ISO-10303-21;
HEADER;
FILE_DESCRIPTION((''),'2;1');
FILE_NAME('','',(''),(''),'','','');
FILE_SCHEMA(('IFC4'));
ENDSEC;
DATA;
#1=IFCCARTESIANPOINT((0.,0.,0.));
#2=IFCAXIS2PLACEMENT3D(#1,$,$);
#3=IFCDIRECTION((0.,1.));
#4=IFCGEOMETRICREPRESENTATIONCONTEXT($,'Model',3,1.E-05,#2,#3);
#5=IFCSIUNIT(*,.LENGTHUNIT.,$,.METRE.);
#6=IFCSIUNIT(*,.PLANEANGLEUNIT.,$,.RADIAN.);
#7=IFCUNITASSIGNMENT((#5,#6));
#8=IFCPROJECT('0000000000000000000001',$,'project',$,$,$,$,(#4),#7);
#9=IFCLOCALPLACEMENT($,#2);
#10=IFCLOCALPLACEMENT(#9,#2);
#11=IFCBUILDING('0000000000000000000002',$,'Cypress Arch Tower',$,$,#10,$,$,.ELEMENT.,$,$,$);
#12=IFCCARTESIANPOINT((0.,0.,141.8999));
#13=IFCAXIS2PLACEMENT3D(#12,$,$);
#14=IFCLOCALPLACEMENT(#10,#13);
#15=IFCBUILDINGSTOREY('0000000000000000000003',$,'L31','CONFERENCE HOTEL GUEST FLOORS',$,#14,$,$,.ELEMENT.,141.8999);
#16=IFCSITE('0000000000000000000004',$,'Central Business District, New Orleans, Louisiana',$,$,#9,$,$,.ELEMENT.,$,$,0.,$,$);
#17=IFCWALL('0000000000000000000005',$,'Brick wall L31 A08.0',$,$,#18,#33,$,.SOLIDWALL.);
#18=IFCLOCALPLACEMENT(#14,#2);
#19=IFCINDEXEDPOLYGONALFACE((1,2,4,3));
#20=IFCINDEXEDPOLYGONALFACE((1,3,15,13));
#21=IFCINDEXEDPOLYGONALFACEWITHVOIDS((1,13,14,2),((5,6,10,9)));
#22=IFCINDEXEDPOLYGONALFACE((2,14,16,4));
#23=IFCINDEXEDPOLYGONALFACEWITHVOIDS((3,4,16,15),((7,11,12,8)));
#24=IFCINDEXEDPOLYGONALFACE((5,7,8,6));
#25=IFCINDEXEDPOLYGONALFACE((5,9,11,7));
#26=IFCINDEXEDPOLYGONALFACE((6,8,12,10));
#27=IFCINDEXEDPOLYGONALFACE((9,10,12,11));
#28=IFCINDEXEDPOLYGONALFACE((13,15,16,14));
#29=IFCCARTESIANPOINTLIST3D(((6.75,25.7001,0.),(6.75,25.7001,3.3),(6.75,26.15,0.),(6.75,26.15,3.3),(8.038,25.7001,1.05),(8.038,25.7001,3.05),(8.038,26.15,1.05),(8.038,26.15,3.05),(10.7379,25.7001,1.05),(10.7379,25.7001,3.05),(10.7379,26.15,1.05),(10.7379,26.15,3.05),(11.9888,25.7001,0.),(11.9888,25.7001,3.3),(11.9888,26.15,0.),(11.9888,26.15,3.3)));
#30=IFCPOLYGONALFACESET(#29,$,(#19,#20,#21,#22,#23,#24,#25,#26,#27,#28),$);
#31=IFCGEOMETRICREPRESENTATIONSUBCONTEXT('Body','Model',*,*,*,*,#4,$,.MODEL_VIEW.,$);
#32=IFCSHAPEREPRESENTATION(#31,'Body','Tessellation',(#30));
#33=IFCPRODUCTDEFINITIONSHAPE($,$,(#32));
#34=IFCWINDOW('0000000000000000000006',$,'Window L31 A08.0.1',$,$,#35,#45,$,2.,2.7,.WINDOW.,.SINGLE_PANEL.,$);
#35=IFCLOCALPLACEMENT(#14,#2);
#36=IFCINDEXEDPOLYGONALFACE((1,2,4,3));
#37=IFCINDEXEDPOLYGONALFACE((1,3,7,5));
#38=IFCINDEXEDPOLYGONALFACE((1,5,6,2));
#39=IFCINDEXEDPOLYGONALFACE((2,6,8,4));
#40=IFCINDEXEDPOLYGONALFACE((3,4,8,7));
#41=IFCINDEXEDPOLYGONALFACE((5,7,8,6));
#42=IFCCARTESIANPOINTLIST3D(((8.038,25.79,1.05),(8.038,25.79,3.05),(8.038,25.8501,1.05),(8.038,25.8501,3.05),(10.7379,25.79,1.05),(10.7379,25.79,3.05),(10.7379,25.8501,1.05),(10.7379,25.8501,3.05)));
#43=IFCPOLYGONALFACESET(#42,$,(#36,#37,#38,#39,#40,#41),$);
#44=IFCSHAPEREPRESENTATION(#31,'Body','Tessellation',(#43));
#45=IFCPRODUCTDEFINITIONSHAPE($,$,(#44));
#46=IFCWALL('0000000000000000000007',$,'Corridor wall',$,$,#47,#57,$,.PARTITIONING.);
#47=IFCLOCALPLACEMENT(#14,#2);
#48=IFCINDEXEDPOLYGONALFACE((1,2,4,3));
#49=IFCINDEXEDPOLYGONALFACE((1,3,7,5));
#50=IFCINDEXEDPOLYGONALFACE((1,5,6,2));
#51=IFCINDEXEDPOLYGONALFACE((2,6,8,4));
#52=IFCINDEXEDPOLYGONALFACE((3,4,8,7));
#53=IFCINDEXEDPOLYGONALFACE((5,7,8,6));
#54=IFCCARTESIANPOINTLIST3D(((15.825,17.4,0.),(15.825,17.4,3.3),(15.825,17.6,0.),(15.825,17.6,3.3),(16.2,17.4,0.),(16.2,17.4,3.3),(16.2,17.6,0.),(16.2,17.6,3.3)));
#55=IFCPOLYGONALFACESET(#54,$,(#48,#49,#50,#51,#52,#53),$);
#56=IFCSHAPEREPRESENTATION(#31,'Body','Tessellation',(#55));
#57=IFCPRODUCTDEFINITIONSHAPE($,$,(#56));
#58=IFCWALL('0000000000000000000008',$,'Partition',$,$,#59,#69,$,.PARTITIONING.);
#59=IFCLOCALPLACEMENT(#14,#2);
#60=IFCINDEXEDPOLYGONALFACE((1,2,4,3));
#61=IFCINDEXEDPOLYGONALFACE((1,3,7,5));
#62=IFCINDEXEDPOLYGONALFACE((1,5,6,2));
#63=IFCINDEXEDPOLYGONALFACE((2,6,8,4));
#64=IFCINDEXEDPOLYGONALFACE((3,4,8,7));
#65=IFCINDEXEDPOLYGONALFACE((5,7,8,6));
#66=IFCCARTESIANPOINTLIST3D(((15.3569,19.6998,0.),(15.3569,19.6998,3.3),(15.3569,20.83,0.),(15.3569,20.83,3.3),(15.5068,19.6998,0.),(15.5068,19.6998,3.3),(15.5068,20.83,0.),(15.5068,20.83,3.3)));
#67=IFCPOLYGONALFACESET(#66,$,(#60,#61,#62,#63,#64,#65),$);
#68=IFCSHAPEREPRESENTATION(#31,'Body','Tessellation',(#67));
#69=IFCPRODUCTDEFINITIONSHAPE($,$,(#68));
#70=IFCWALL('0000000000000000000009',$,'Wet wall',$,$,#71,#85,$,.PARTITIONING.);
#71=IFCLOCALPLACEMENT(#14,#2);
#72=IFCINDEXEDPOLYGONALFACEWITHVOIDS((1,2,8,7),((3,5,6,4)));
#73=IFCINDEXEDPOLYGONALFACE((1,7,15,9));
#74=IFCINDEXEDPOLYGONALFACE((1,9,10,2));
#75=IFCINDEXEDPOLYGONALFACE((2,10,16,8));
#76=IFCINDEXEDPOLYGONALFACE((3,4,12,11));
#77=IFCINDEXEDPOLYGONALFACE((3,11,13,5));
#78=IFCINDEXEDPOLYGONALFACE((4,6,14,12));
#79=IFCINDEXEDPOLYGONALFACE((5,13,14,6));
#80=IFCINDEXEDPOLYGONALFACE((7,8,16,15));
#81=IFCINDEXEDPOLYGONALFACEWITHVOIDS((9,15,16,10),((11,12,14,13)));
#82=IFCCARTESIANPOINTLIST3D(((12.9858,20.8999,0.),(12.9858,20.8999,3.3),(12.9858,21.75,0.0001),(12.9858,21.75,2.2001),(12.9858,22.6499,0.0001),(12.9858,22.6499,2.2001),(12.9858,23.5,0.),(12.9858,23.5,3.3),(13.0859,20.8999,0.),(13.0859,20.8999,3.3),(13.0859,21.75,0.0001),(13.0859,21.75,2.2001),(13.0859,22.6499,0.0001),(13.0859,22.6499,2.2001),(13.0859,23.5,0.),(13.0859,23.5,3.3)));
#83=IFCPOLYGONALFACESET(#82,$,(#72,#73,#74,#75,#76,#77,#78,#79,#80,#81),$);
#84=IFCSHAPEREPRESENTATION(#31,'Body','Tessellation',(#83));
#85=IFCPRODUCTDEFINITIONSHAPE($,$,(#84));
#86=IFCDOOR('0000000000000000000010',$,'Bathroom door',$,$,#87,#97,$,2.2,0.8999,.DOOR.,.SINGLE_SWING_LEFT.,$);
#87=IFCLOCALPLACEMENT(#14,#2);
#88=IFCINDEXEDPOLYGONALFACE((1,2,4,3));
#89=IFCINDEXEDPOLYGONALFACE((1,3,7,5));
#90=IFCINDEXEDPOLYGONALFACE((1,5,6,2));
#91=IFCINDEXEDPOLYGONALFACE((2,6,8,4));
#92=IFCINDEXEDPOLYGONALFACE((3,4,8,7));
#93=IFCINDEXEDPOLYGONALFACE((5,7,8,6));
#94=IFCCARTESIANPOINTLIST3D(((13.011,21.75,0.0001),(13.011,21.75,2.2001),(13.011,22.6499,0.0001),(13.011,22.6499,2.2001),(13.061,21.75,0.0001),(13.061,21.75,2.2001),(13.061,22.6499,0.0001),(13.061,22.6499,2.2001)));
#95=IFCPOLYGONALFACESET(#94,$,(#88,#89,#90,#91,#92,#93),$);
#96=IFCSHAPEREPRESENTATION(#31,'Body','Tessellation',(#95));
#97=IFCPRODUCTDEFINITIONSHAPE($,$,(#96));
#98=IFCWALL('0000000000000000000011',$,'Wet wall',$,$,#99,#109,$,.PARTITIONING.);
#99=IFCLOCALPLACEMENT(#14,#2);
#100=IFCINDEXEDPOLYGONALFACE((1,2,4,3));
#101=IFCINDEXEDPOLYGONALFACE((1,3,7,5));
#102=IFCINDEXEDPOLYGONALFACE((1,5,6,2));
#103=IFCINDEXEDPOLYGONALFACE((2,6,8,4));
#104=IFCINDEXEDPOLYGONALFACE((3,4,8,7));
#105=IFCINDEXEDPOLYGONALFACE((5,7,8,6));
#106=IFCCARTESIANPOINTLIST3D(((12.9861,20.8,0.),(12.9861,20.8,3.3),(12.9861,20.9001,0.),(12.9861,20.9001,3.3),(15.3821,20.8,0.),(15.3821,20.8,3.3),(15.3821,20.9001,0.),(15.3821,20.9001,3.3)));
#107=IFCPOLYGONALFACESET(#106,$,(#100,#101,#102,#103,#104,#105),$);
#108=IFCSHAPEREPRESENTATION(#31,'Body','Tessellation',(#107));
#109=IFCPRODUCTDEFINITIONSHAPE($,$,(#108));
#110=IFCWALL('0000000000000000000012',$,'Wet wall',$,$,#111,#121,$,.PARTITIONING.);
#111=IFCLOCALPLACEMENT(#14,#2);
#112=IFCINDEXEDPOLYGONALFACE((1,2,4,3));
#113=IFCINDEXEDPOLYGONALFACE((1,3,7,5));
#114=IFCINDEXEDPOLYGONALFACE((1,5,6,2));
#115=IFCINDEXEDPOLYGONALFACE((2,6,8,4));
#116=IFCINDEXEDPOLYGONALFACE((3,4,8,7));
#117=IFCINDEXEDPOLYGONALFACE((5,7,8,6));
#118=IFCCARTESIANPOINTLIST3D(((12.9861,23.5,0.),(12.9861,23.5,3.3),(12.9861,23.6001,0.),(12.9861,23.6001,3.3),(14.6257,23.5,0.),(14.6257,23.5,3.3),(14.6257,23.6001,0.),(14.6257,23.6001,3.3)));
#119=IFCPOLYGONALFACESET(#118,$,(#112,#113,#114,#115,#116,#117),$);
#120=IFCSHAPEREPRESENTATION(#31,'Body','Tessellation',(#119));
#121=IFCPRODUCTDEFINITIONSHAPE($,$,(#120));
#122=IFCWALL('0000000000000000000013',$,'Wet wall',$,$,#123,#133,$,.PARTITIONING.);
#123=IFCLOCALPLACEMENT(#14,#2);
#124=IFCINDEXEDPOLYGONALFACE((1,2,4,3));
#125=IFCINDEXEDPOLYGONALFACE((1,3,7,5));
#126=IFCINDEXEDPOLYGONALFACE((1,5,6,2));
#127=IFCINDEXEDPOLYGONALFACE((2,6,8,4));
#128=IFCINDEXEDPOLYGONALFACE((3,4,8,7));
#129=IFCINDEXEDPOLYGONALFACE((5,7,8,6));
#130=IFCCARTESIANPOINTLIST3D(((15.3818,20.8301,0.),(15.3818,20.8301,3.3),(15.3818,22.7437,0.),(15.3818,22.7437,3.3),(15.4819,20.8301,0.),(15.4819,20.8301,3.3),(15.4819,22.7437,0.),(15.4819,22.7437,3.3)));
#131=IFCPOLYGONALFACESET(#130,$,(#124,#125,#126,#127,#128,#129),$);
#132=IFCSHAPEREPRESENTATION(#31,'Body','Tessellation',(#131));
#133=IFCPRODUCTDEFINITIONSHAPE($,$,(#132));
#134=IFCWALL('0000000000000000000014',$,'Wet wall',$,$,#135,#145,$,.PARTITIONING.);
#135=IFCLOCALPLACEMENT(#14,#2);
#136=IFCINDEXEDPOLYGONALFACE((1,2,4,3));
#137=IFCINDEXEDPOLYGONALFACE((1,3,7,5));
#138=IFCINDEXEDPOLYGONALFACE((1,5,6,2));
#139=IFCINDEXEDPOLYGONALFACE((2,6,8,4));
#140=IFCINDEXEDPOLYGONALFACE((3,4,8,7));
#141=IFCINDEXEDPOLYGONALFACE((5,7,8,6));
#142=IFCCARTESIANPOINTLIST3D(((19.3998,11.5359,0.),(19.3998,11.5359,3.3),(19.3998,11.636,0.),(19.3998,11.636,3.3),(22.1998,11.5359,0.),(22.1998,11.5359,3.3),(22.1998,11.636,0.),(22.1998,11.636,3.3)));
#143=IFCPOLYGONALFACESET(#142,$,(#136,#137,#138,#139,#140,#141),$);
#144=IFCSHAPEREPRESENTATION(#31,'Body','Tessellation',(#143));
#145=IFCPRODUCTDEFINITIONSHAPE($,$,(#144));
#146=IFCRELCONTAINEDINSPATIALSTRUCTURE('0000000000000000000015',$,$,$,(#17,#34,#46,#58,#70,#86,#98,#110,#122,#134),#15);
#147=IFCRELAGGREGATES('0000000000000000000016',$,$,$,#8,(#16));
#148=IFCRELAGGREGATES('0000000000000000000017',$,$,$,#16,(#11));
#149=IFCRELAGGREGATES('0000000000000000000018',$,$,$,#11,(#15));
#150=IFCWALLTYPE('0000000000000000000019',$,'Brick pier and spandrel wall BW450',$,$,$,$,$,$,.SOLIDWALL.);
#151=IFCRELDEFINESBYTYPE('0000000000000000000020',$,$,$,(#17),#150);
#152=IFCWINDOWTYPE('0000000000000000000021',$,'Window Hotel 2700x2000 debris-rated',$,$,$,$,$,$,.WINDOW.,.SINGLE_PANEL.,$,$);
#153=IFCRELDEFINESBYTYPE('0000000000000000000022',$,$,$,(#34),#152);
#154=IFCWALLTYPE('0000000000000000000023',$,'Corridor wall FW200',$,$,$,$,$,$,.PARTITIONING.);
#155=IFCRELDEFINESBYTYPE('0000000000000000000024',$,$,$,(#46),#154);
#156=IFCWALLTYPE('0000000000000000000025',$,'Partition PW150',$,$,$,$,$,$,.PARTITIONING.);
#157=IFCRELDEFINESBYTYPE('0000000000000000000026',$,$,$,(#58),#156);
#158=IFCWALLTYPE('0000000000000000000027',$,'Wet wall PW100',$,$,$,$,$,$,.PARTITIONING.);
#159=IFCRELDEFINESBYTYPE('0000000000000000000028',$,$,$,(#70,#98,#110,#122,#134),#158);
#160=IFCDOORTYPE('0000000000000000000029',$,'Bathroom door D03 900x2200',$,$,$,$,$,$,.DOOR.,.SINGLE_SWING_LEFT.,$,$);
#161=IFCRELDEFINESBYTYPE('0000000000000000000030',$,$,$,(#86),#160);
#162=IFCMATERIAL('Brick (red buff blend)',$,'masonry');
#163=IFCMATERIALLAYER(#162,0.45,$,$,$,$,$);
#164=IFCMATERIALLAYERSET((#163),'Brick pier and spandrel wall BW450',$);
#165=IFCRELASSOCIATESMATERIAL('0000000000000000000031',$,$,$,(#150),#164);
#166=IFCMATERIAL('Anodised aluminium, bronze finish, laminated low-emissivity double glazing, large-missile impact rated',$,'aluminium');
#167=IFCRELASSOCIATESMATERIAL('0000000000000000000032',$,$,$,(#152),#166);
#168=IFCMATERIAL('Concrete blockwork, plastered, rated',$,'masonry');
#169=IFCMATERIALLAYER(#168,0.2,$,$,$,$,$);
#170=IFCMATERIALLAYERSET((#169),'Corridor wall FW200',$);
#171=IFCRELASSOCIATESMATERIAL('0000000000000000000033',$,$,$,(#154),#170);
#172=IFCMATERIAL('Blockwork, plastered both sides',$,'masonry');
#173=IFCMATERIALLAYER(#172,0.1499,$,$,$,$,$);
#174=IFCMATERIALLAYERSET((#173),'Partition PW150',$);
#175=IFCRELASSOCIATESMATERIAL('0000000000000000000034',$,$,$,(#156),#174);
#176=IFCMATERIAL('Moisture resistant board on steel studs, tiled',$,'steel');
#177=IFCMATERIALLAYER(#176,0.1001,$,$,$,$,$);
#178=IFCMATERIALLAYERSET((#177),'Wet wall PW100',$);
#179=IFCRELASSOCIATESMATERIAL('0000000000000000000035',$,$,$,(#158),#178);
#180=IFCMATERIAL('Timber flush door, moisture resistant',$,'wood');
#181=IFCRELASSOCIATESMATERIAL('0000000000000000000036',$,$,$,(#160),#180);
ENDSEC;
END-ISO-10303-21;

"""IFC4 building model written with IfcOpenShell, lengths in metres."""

from ifc_helpers import new_model, si_unit, direction, frame, frame_2d, origin, place, context, subcontext, project, spatial, rectangle, extrude, material, layer, layer_set, type_object, element, fill, save


model = new_model("IFC4")

# Units and contexts
model_context = context("Model", 3, precision=1e-05, world=origin(), true_north=direction((0.0, 1.0)))
body_context = subcontext(model_context, "Body", "Model", "MODEL_VIEW")
ifc_project = project(units=[si_unit("LENGTHUNIT", "METRE"), si_unit("PLANEANGLEUNIT", "RADIAN")], contexts=[model_context])

# Site, building, storey
site_placement = place(None, origin())
site = spatial("IfcSite", under=ifc_project, at=site_placement, Name="Central Business District, New Orleans, Louisiana", CompositionType="ELEMENT", RefElevation=0.0)
building_placement = place(site_placement, origin())
building = spatial("IfcBuilding", under=site, at=building_placement, Name="Cypress Arch Tower", CompositionType="ELEMENT")
storey_placement = place(building_placement, frame((0.0, 0.0, 141.8999)))
storey = spatial("IfcBuildingStorey", under=building, at=storey_placement, Name="L31", Description="CONFERENCE HOTEL GUEST FLOORS", CompositionType="ELEMENT", Elevation=141.8999)

# Shared definitions
ifc_material_1 = material(Name="Brick (red buff blend)", Category="masonry")
ifc_layer_1 = layer(ifc_material_1, 0.45)
ifc_layer_set_1 = layer_set([ifc_layer_1], Name="Brick pier and spandrel wall BW450")
wall_type_1 = type_object("IfcWallType", Name="Brick pier and spandrel wall BW450", PredefinedType="SOLIDWALL", material=ifc_layer_set_1)
ifc_material_2 = material(Name="Anodised aluminium, bronze finish, laminated low-emissivity double glazing, large-missile impact rated", Category="aluminium")
window_type_1 = type_object("IfcWindowType", Name="Window Hotel 2700x2000 debris-rated", PartitioningType="SINGLE_PANEL", PredefinedType="WINDOW", material=ifc_material_2)

# Wall, opening, window
wall_1_placement = place(storey_placement, frame((11.9888, 25.925, 0.0), z_axis=(0.0, 0.0, 1.0), x_axis=(-1.0, 0.0, 0.0)))
wall_1 = element("IfcWall", 1, at=wall_1_placement, inside=storey, type_object=wall_type_1, Name="Brick wall L31 A08.0", PredefinedType="SOLIDWALL", context=body_context, shape_type="SweptSolid", body=[
    extrude(rectangle(XDim=5.2388, YDim=0.45, at=frame_2d((2.6194, 0.0))), origin(), (0.0, 0.0, 1.0), 3.3),
])
opening_1_placement = place(wall_1_placement, frame((1.2507, 0.0, 1.05)))
opening_1 = element("IfcOpeningElement", 2, at=opening_1_placement, cuts=wall_1, PredefinedType="OPENING", context=body_context, shape_type="SweptSolid", body=[
    extrude(rectangle(XDim=2.7, YDim=2.0, at=frame_2d((1.3501, 1.0))), frame((0.0, 0.2349, 0.0), z_axis=(0.0, -1.0, 0.0), x_axis=(1.0, 0.0, 0.0)), (0.0, 0.0, 1.0), 0.47),
])
window_1_placement = place(opening_1_placement, origin())
window_1 = element("IfcWindow", 3, at=window_1_placement, inside=storey, type_object=window_type_1, Name="Window L31 A08.0.1", OverallHeight=2.0, OverallWidth=2.7, PartitioningType="SINGLE_PANEL", PredefinedType="WINDOW", context=body_context, shape_type="SweptSolid", body=[
    extrude(rectangle(XDim=2.7, YDim=2.0, at=frame_2d((1.3501, 1.0))), frame((0.0, 0.135, 0.0), z_axis=(0.0, -1.0, 0.0), x_axis=(1.0, 0.0, 0.0)), (0.0, 0.0, 1.0), 0.0601),
])
fill(opening_1, window_1)

# Walls
ifc_material_3 = material(Name="Concrete blockwork, plastered, rated", Category="masonry")
ifc_layer_2 = layer(ifc_material_3, 0.2)
ifc_layer_set_2 = layer_set([ifc_layer_2], Name="Corridor wall FW200")
wall_type_2 = type_object("IfcWallType", Name="Corridor wall FW200", PredefinedType="PARTITIONING", material=ifc_layer_set_2)
wall_2_placement = place(storey_placement, frame((15.825, 17.5, 0.0), z_axis=(0.0, 0.0, 1.0), x_axis=(1.0, 0.0, 0.0)))
element("IfcWall", 4, at=wall_2_placement, inside=storey, type_object=wall_type_2, Name="Corridor wall", PredefinedType="PARTITIONING", context=body_context, shape_type="SweptSolid", body=[
    extrude(rectangle(XDim=0.375, YDim=0.2, at=frame_2d((0.1875, 0.0))), origin(), (0.0, 0.0, 1.0), 3.3),
])
ifc_material_4 = material(Name="Blockwork, plastered both sides", Category="masonry")
ifc_layer_3 = layer(ifc_material_4, 0.1499)
ifc_layer_set_3 = layer_set([ifc_layer_3], Name="Partition PW150")
wall_type_3 = type_object("IfcWallType", Name="Partition PW150", PredefinedType="PARTITIONING", material=ifc_layer_set_3)
wall_3_placement = place(storey_placement, frame((15.4319, 19.7, 0.0), z_axis=(0.0, 0.0, 1.0), x_axis=(0.0, 1.0, 0.0)))
element("IfcWall", 5, at=wall_3_placement, inside=storey, type_object=wall_type_3, Name="Partition", PredefinedType="PARTITIONING", context=body_context, shape_type="SweptSolid", body=[
    extrude(rectangle(XDim=1.1301, YDim=0.1499, at=frame_2d((0.5649, 0.0))), origin(), (0.0, 0.0, 1.0), 3.3),
])

# Wall, opening, door
ifc_material_5 = material(Name="Moisture resistant board on steel studs, tiled", Category="steel")
ifc_layer_4 = layer(ifc_material_5, 0.1001)
ifc_layer_set_4 = layer_set([ifc_layer_4], Name="Wet wall PW100")
wall_type_4 = type_object("IfcWallType", Name="Wet wall PW100", PredefinedType="PARTITIONING", material=ifc_layer_set_4)
wall_4_placement = place(storey_placement, frame((13.0359, 20.8999, 0.0), z_axis=(0.0, 0.0, 1.0), x_axis=(0.0, 1.0, 0.0)))
wall_4 = element("IfcWall", 6, at=wall_4_placement, inside=storey, type_object=wall_type_4, Name="Wet wall", PredefinedType="PARTITIONING", context=body_context, shape_type="SweptSolid", body=[
    extrude(rectangle(XDim=2.6001, YDim=0.1001, at=frame_2d((1.3, 0.0))), origin(), (0.0, 0.0, 1.0), 3.3),
])
opening_2_placement = place(wall_4_placement, frame((0.8501, 0.0, 0.0)))
opening_2 = element("IfcOpeningElement", 7, at=opening_2_placement, cuts=wall_4, PredefinedType="OPENING", context=body_context, shape_type="SweptSolid", body=[
    extrude(rectangle(XDim=0.8999, YDim=2.2, at=frame_2d((0.45, 1.1001))), frame((0.0, 0.0601, 0.0), z_axis=(0.0, -1.0, 0.0), x_axis=(1.0, 0.0, 0.0)), (0.0, 0.0, 1.0), 0.1201),
])
ifc_material_6 = material(Name="Timber flush door, moisture resistant", Category="wood")
door_type_1 = type_object("IfcDoorType", Name="Bathroom door D03 900x2200", OperationType="SINGLE_SWING_LEFT", PredefinedType="DOOR", material=ifc_material_6)
door_1_placement = place(opening_2_placement, origin())
door_1 = element("IfcDoor", 8, at=door_1_placement, inside=storey, type_object=door_type_1, Name="Bathroom door", OperationType="SINGLE_SWING_LEFT", OverallHeight=2.2, OverallWidth=0.8999, PredefinedType="DOOR", context=body_context, shape_type="SweptSolid", body=[
    extrude(rectangle(XDim=0.8999, YDim=2.2, at=frame_2d((0.45, 1.1001))), frame((0.0, 0.0249, 0.0), z_axis=(0.0, -1.0, 0.0), x_axis=(1.0, 0.0, 0.0)), (0.0, 0.0, 1.0), 0.05),
])
fill(opening_2, door_1)

# Walls
wall_5_placement = place(storey_placement, frame((12.9861, 20.8501, 0.0), z_axis=(0.0, 0.0, 1.0), x_axis=(1.0, 0.0, 0.0)))
element("IfcWall", 9, at=wall_5_placement, inside=storey, type_object=wall_type_4, Name="Wet wall", PredefinedType="PARTITIONING", context=body_context, shape_type="SweptSolid", body=[
    extrude(rectangle(XDim=2.396, YDim=0.1001, at=frame_2d((1.198, 0.0))), origin(), (0.0, 0.0, 1.0), 3.3),
])
wall_6_placement = place(storey_placement, frame((12.9861, 23.55, 0.0), z_axis=(0.0, 0.0, 1.0), x_axis=(1.0, 0.0, 0.0)))
element("IfcWall", 10, at=wall_6_placement, inside=storey, type_object=wall_type_4, Name="Wet wall", PredefinedType="PARTITIONING", context=body_context, shape_type="SweptSolid", body=[
    extrude(rectangle(XDim=1.6396, YDim=0.1001, at=frame_2d((0.8198, 0.0))), origin(), (0.0, 0.0, 1.0), 3.3),
])
wall_7_placement = place(storey_placement, frame((15.4319, 20.8301, 0.0), z_axis=(0.0, 0.0, 1.0), x_axis=(0.0, 1.0, 0.0)))
element("IfcWall", 11, at=wall_7_placement, inside=storey, type_object=wall_type_4, Name="Wet wall", PredefinedType="PARTITIONING", context=body_context, shape_type="SweptSolid", body=[
    extrude(rectangle(XDim=1.9136, YDim=0.1001, at=frame_2d((0.9568, 0.0))), origin(), (0.0, 0.0, 1.0), 3.3),
])
wall_8_placement = place(storey_placement, frame((19.3999, 11.5859, 0.0), z_axis=(0.0, 0.0, 1.0), x_axis=(1.0, 0.0, 0.0)))
element("IfcWall", 12, at=wall_8_placement, inside=storey, type_object=wall_type_4, Name="Wet wall", PredefinedType="PARTITIONING", context=body_context, shape_type="SweptSolid", body=[
    extrude(rectangle(XDim=2.8, YDim=0.1001, at=frame_2d((1.3999, 0.0))), origin(), (0.0, 0.0, 1.0), 3.3),
])

save(model, "model.ifc")
